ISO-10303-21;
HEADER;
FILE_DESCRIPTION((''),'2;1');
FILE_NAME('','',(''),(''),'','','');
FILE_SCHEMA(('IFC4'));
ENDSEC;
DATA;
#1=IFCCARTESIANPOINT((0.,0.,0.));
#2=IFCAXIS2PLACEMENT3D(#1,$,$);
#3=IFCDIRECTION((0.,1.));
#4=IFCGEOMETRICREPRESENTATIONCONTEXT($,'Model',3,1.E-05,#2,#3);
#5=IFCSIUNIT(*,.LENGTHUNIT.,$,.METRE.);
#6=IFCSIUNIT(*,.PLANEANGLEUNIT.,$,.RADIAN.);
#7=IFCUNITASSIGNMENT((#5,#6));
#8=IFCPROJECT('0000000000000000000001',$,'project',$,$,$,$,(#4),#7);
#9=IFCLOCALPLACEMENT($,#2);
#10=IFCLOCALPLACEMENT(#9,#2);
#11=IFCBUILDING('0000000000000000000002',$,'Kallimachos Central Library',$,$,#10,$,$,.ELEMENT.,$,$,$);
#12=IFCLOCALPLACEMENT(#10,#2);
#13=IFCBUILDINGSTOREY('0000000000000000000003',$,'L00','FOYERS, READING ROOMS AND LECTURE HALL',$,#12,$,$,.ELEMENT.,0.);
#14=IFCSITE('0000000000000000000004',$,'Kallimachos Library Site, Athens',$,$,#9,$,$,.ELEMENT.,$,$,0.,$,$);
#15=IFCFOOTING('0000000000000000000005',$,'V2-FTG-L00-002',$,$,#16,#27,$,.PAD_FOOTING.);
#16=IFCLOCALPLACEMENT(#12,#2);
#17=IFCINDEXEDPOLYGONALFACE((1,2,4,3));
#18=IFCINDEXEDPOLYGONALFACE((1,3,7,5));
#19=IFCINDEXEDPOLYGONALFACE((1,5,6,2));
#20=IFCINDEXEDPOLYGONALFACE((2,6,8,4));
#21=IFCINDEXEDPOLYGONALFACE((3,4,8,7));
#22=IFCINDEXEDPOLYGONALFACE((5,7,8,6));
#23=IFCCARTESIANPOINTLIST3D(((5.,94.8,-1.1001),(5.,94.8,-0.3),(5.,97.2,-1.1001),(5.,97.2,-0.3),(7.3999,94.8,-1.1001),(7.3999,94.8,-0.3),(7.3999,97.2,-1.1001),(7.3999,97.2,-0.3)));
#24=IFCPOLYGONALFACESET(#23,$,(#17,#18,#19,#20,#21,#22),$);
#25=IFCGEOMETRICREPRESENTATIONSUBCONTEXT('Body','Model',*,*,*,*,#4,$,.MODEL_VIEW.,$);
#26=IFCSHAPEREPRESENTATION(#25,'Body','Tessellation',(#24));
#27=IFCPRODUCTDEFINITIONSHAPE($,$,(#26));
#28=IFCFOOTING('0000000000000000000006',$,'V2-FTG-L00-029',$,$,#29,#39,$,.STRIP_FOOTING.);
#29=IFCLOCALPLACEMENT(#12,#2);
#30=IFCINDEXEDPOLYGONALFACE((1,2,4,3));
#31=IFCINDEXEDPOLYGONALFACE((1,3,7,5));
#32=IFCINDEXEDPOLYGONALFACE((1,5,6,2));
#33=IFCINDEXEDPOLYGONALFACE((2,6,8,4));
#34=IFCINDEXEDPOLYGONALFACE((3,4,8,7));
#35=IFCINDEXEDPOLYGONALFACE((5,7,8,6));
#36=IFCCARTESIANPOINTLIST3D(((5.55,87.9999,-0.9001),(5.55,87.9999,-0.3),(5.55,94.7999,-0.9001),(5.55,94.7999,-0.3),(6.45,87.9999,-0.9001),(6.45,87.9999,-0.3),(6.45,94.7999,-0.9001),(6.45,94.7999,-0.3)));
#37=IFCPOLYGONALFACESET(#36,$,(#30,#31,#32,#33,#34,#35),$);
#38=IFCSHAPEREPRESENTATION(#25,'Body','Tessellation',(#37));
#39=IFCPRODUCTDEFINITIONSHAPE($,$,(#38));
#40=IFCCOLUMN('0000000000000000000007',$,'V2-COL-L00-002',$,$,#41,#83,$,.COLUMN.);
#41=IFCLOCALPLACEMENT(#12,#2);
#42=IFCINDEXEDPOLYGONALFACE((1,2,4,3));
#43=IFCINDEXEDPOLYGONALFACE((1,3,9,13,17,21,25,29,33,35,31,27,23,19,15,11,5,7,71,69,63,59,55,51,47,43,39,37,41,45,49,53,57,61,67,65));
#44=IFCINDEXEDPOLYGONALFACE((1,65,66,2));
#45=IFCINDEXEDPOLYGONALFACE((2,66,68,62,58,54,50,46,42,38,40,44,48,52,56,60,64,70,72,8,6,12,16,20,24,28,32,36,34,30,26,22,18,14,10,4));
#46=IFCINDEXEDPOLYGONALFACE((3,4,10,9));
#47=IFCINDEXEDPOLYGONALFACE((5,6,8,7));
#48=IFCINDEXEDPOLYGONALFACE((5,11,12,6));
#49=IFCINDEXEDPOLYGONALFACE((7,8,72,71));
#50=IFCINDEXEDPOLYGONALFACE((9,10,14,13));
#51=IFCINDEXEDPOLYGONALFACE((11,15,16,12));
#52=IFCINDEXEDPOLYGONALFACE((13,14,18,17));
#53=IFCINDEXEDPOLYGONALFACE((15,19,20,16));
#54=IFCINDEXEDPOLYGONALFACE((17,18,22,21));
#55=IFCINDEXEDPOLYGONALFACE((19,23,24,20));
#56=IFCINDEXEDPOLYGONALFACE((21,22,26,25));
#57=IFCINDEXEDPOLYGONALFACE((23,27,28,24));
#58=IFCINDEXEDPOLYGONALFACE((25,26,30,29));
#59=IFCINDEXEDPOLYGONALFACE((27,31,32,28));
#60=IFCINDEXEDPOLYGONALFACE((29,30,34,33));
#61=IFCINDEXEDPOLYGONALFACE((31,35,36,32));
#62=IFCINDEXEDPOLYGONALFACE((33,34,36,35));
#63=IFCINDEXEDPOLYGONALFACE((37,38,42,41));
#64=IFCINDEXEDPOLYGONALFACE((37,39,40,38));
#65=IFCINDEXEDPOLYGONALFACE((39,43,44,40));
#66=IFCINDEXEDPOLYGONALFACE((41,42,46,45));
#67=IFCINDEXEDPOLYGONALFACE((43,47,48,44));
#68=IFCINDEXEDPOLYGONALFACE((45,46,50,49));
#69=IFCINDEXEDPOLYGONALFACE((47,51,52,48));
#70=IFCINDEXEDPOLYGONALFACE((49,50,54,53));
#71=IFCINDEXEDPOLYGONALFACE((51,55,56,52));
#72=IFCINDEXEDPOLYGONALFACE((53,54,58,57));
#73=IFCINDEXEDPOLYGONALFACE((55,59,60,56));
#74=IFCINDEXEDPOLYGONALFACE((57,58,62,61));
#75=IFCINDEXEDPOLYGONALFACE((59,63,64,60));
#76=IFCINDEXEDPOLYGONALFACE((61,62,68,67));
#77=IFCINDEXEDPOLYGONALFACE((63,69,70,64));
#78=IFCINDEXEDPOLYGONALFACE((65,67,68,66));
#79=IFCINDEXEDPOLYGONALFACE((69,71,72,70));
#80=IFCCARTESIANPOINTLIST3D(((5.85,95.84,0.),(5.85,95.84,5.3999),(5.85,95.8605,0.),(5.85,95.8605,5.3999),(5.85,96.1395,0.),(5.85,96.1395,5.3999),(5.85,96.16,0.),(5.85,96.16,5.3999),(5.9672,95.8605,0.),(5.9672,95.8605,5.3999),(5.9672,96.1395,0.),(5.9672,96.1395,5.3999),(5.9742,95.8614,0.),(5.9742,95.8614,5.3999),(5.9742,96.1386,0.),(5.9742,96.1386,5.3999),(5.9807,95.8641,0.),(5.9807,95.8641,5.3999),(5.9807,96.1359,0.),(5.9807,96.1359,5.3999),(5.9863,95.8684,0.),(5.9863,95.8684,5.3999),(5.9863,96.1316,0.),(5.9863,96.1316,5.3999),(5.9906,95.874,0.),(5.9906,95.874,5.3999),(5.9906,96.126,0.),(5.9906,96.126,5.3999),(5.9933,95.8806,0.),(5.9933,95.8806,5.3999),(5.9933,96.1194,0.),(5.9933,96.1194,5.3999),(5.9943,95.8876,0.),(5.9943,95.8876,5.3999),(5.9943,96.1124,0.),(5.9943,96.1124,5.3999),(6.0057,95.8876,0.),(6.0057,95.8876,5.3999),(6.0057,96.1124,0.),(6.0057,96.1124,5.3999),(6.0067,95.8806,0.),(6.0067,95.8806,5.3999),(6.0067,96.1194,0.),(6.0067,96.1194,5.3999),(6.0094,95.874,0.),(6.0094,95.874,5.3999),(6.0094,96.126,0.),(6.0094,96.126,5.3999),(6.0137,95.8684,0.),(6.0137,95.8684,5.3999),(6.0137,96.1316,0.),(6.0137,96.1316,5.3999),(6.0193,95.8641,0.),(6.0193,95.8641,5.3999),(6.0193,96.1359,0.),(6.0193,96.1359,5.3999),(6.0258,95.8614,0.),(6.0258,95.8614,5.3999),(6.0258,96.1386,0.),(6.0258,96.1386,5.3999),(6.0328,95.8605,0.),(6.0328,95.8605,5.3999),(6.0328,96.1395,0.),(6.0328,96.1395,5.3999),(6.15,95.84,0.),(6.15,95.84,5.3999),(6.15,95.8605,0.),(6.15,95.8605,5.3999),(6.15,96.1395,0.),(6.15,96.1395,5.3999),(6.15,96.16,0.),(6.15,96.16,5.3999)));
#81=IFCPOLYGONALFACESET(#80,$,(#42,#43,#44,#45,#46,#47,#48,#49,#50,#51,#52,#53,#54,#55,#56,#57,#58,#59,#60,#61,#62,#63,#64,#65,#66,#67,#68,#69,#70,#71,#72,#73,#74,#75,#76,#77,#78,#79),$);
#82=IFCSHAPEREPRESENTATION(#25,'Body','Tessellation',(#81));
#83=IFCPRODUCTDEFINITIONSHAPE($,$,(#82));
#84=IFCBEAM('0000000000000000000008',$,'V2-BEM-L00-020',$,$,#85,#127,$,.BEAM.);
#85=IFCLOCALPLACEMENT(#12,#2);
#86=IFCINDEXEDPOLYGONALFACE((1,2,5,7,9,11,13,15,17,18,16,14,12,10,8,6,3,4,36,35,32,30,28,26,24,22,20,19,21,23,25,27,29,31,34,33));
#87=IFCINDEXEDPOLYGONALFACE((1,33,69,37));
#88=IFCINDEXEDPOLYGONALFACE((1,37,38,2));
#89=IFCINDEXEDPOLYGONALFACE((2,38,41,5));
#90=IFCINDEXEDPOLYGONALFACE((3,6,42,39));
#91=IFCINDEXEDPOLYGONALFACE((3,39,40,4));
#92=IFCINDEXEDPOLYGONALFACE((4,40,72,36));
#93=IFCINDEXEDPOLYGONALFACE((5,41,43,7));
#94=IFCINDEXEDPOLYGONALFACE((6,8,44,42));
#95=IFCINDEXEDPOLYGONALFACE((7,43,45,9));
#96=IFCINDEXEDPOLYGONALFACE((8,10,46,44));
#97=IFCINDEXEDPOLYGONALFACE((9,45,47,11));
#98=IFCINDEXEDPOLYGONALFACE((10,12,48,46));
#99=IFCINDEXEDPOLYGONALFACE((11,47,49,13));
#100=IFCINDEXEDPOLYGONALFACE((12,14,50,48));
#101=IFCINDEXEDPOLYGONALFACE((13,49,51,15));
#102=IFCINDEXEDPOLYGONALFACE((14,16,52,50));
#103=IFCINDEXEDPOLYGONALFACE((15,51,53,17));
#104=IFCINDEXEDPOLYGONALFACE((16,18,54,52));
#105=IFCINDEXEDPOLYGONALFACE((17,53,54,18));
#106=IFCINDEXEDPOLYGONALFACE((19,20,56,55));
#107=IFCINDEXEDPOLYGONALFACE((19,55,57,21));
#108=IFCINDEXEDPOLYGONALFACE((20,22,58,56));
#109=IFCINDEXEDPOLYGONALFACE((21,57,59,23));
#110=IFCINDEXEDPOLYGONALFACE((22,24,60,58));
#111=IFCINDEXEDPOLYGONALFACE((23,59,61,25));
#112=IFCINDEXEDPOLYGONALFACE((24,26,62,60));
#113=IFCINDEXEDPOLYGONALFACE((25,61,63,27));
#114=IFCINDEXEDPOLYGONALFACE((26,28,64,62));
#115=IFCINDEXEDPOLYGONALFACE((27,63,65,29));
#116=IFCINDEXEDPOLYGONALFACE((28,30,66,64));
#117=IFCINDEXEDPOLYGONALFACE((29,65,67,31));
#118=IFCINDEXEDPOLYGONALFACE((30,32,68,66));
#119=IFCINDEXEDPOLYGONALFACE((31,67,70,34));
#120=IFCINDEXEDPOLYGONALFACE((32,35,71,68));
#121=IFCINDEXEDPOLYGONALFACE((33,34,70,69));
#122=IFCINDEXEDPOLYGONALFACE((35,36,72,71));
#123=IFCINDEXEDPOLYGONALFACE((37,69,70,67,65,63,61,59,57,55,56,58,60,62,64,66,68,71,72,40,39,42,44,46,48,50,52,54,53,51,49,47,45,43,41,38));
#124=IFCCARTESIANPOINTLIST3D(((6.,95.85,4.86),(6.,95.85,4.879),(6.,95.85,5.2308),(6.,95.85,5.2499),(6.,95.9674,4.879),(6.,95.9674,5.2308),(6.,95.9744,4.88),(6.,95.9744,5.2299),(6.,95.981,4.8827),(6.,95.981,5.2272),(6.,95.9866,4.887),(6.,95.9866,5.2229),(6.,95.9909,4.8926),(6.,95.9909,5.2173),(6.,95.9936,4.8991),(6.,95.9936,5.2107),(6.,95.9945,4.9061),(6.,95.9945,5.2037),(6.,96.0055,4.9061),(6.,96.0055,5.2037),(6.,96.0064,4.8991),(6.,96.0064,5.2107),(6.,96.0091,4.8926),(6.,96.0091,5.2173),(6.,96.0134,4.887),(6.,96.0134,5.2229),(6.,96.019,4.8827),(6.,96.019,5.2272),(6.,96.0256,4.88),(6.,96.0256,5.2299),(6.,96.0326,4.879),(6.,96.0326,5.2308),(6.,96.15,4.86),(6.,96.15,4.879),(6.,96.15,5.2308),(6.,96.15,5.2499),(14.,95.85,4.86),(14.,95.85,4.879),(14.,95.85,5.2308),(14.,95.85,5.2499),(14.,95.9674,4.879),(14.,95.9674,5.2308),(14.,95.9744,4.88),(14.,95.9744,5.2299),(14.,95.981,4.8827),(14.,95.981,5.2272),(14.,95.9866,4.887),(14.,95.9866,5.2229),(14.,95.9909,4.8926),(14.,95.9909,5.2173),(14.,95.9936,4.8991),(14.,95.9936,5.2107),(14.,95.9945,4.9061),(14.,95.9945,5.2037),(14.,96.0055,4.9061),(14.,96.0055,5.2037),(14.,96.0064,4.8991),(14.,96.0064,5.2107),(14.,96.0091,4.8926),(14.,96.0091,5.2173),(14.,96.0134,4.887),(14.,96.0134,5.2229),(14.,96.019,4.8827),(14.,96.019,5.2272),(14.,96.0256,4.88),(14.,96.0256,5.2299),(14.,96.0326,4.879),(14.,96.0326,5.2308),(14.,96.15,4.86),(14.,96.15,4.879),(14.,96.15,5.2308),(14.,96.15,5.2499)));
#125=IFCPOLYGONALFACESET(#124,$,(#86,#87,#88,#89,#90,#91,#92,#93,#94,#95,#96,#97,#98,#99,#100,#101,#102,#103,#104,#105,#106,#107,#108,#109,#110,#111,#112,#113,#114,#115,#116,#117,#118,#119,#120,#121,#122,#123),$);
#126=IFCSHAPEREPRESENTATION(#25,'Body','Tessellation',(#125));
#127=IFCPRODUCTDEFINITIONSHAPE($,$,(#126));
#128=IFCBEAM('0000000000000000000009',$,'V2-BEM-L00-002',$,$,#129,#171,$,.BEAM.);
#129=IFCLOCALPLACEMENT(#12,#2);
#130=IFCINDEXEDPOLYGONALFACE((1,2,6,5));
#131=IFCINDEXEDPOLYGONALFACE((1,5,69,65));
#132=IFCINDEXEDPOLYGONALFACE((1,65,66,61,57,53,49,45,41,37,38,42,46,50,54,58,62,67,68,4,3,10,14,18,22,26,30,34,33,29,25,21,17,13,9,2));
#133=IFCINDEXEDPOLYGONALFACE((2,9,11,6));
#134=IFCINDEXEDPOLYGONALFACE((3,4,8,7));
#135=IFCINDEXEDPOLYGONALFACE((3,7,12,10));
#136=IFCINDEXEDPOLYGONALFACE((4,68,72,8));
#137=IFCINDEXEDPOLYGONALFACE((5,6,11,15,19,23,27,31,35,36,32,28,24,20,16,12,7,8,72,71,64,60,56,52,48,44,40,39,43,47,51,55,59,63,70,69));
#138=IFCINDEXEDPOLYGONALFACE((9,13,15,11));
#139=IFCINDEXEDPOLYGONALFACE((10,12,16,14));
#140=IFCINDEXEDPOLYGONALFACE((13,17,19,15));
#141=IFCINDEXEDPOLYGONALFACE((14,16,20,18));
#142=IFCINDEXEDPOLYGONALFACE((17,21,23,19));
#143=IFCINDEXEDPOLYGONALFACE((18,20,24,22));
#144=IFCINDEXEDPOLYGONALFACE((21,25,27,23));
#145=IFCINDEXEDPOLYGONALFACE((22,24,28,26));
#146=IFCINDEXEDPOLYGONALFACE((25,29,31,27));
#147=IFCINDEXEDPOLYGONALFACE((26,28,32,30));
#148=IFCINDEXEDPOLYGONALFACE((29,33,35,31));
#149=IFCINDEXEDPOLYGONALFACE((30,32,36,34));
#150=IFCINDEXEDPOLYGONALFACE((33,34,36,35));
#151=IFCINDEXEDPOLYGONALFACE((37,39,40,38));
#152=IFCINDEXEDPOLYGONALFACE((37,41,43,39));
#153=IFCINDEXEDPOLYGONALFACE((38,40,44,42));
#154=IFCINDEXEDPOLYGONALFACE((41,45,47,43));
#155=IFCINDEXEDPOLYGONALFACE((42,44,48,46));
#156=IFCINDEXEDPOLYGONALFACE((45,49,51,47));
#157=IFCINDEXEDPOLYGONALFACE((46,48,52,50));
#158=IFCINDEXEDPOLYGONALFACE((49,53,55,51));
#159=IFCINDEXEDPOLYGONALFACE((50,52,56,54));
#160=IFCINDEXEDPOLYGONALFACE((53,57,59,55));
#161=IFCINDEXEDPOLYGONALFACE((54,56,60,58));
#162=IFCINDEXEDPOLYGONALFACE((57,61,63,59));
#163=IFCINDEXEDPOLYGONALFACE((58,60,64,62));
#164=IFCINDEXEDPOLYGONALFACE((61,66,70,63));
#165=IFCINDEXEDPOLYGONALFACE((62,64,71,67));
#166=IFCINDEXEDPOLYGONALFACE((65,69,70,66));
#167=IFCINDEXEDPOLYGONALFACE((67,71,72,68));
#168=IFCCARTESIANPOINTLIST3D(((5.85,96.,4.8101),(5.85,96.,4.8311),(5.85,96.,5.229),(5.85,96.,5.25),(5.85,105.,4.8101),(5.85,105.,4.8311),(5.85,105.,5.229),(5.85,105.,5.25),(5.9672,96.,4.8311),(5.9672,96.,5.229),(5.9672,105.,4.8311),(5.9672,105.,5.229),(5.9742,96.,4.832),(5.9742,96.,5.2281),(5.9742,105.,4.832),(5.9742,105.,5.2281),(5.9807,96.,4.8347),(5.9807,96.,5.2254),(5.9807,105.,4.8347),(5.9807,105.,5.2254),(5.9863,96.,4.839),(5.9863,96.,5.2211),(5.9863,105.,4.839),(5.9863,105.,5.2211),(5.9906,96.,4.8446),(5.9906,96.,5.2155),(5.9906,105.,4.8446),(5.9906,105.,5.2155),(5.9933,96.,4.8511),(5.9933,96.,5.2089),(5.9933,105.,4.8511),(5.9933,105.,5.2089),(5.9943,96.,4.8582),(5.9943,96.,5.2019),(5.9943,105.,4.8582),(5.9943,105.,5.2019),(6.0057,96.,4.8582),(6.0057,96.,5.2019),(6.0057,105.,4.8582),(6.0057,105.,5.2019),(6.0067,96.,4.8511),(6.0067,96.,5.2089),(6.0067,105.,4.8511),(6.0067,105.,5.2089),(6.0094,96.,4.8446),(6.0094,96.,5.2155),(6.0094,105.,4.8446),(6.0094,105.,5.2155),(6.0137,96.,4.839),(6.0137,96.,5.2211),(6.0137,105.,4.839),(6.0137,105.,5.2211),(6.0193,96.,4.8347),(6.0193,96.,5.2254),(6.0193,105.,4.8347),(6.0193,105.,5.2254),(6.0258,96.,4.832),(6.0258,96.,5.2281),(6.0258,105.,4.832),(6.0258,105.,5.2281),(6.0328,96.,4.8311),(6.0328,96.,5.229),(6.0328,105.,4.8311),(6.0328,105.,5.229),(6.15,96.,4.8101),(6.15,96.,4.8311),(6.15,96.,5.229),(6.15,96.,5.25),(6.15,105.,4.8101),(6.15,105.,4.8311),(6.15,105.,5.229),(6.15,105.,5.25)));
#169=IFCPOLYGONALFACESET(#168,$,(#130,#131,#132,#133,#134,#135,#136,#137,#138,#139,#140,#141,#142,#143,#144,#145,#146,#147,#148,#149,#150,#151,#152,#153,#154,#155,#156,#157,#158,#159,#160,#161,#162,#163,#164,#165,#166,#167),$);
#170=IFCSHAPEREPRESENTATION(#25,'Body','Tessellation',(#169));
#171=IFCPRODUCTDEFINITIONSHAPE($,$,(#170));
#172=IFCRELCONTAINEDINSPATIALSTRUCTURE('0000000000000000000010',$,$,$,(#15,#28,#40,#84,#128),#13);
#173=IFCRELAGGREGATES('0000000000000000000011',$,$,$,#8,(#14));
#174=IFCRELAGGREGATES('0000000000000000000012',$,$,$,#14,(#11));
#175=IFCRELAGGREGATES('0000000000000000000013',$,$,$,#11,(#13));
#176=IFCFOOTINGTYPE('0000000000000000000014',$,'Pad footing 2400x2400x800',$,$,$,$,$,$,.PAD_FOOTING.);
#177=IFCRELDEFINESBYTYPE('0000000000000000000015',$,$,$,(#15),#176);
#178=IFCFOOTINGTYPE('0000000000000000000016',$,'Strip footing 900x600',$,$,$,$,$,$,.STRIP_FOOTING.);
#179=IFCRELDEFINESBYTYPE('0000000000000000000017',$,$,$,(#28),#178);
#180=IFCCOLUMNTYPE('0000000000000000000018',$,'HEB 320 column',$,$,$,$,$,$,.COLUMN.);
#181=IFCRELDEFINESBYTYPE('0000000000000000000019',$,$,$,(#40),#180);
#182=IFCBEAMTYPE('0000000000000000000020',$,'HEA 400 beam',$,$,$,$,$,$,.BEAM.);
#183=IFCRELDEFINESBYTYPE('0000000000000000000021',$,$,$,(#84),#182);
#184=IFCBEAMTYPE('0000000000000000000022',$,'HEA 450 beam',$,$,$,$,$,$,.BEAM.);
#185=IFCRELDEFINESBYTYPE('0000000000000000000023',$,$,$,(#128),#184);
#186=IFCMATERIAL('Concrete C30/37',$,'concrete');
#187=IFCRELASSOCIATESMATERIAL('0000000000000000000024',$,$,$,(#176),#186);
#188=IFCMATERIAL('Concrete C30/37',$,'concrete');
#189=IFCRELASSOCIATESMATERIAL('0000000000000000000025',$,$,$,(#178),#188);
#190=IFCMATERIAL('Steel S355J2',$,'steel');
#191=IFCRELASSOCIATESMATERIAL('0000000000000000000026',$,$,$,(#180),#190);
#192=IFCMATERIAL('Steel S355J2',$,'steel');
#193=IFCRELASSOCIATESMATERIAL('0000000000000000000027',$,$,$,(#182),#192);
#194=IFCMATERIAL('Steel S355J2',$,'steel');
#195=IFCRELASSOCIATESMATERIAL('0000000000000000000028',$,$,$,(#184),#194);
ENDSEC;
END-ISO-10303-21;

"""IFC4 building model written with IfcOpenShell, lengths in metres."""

from ifc_helpers import new_model, si_unit, direction, frame, origin, origin_2d, place, context, subcontext, project, spatial, rectangle, i_section, extrude, material, material_profile, profile_set, type_object, element, save


model = new_model("IFC4")

# Units and contexts
model_context = context("Model", 3, precision=1e-05, world=origin(), true_north=direction((0.0, 1.0)))
body_context = subcontext(model_context, "Body", "Model", "MODEL_VIEW")
ifc_project = project(units=[si_unit("LENGTHUNIT", "METRE"), si_unit("PLANEANGLEUNIT", "RADIAN")], contexts=[model_context])

# Site, building, storey
site_placement = place(None, origin())
site = spatial("IfcSite", under=ifc_project, at=site_placement, Name="Kallimachos Library Site, Athens", CompositionType="ELEMENT", RefElevation=0.0)
building_placement = place(site_placement, origin())
building = spatial("IfcBuilding", under=site, at=building_placement, Name="Kallimachos Central Library", CompositionType="ELEMENT")
storey_placement = place(building_placement, origin())
storey = spatial("IfcBuildingStorey", under=building, at=storey_placement, Name="L00", Description="FOYERS, READING ROOMS AND LECTURE HALL", CompositionType="ELEMENT", Elevation=0.0)

# Footings
ifc_material_1 = material(Name="Concrete C30/37", Category="concrete")
footing_type_1 = type_object("IfcFootingType", Name="Pad footing 2400x2400x800", PredefinedType="PAD_FOOTING", material=ifc_material_1)
footing_1_placement = place(storey_placement, frame((6.2, 96.0, -1.1001), z_axis=(0.0, 0.0, 1.0), x_axis=(1.0, 0.0, 0.0)))
element("IfcFooting", 1, at=footing_1_placement, inside=storey, type_object=footing_type_1, Name="V2-FTG-L00-002", PredefinedType="PAD_FOOTING", context=body_context, shape_type="SweptSolid", body=[
    extrude(rectangle(XDim=2.3999, YDim=2.3999, at=origin_2d()), origin(), (0.0, 0.0, 1.0), 0.8),
])
ifc_material_2 = material(Name="Concrete C30/37", Category="concrete")
footing_type_2 = type_object("IfcFootingType", Name="Strip footing 900x600", PredefinedType="STRIP_FOOTING", material=ifc_material_2)
footing_2_placement = place(storey_placement, frame((6.0, 91.3999, -0.9001), z_axis=(0.0, 0.0, 1.0), x_axis=(1.0, 0.0, 0.0)))
element("IfcFooting", 2, at=footing_2_placement, inside=storey, type_object=footing_type_2, Name="V2-FTG-L00-029", PredefinedType="STRIP_FOOTING", context=body_context, shape_type="SweptSolid", body=[
    extrude(rectangle(XDim=0.8999, YDim=6.8, at=origin_2d()), origin(), (0.0, 0.0, 1.0), 0.6001),
])

# Column
ifc_material_3 = material(Name="Steel S355J2", Category="steel")
ifc_material_profile_1 = material_profile(ifc_material_3, i_section(OverallWidth=0.3, OverallDepth=0.3201, WebThickness=0.0115, FlangeThickness=0.0205, FilletRadius=0.0271, at=origin_2d()), Name="HEB 320")
ifc_profile_set_1 = profile_set([ifc_material_profile_1], Name="Steel S355J2")
column_type = type_object("IfcColumnType", Name="HEB 320 column", PredefinedType="COLUMN", material=ifc_profile_set_1)
column_placement = place(storey_placement, frame((6.0, 96.0, 0.0), z_axis=(0.0, 0.0, 1.0), x_axis=(1.0, 0.0, 0.0)))
element("IfcColumn", 3, at=column_placement, inside=storey, type_object=column_type, Name="V2-COL-L00-002", PredefinedType="COLUMN", context=body_context, shape_type="SweptSolid", body=[
    extrude(i_section(OverallWidth=0.3, OverallDepth=0.3201, WebThickness=0.0115, FlangeThickness=0.0205, FilletRadius=0.0271, at=origin_2d()), origin(), (0.0, 0.0, 1.0), 5.3999),
])

# Beams
ifc_material_4 = material(Name="Steel S355J2", Category="steel")
ifc_material_profile_2 = material_profile(ifc_material_4, i_section(OverallWidth=0.3, OverallDepth=0.3899, WebThickness=0.011, FlangeThickness=0.019, FilletRadius=0.0271, at=origin_2d()), Name="HEA 400")
ifc_profile_set_2 = profile_set([ifc_material_profile_2], Name="Steel S355J2")
beam_type_1 = type_object("IfcBeamType", Name="HEA 400 beam", PredefinedType="BEAM", material=ifc_profile_set_2)
beam_1_placement = place(storey_placement, frame((6.0, 96.0, 5.0549), z_axis=(1.0, 0.0, 0.0), x_axis=(0.0, 1.0, 0.0)))
element("IfcBeam", 4, at=beam_1_placement, inside=storey, type_object=beam_type_1, Name="V2-BEM-L00-020", PredefinedType="BEAM", context=body_context, shape_type="SweptSolid", body=[
    extrude(i_section(OverallWidth=0.3, OverallDepth=0.3899, WebThickness=0.011, FlangeThickness=0.019, FilletRadius=0.0271, at=origin_2d()), origin(), (0.0, 0.0, 1.0), 8.0),
])
ifc_material_5 = material(Name="Steel S355J2", Category="steel")
ifc_material_profile_3 = material_profile(ifc_material_5, i_section(OverallWidth=0.3, OverallDepth=0.4399, WebThickness=0.0115, FlangeThickness=0.021, FilletRadius=0.0271, at=origin_2d()), Name="HEA 450")
ifc_profile_set_3 = profile_set([ifc_material_profile_3], Name="Steel S355J2")
beam_type_2 = type_object("IfcBeamType", Name="HEA 450 beam", PredefinedType="BEAM", material=ifc_profile_set_3)
beam_2_placement = place(storey_placement, frame((6.0, 96.0, 5.03), z_axis=(0.0, 1.0, 0.0), x_axis=(-1.0, 0.0, 0.0)))
element("IfcBeam", 5, at=beam_2_placement, inside=storey, type_object=beam_type_2, Name="V2-BEM-L00-002", PredefinedType="BEAM", context=body_context, shape_type="SweptSolid", body=[
    extrude(i_section(OverallWidth=0.3, OverallDepth=0.4399, WebThickness=0.0115, FlangeThickness=0.021, FilletRadius=0.0271, at=origin_2d()), origin(), (0.0, 0.0, 1.0), 9.0),
])

save(model, "model.ifc")
